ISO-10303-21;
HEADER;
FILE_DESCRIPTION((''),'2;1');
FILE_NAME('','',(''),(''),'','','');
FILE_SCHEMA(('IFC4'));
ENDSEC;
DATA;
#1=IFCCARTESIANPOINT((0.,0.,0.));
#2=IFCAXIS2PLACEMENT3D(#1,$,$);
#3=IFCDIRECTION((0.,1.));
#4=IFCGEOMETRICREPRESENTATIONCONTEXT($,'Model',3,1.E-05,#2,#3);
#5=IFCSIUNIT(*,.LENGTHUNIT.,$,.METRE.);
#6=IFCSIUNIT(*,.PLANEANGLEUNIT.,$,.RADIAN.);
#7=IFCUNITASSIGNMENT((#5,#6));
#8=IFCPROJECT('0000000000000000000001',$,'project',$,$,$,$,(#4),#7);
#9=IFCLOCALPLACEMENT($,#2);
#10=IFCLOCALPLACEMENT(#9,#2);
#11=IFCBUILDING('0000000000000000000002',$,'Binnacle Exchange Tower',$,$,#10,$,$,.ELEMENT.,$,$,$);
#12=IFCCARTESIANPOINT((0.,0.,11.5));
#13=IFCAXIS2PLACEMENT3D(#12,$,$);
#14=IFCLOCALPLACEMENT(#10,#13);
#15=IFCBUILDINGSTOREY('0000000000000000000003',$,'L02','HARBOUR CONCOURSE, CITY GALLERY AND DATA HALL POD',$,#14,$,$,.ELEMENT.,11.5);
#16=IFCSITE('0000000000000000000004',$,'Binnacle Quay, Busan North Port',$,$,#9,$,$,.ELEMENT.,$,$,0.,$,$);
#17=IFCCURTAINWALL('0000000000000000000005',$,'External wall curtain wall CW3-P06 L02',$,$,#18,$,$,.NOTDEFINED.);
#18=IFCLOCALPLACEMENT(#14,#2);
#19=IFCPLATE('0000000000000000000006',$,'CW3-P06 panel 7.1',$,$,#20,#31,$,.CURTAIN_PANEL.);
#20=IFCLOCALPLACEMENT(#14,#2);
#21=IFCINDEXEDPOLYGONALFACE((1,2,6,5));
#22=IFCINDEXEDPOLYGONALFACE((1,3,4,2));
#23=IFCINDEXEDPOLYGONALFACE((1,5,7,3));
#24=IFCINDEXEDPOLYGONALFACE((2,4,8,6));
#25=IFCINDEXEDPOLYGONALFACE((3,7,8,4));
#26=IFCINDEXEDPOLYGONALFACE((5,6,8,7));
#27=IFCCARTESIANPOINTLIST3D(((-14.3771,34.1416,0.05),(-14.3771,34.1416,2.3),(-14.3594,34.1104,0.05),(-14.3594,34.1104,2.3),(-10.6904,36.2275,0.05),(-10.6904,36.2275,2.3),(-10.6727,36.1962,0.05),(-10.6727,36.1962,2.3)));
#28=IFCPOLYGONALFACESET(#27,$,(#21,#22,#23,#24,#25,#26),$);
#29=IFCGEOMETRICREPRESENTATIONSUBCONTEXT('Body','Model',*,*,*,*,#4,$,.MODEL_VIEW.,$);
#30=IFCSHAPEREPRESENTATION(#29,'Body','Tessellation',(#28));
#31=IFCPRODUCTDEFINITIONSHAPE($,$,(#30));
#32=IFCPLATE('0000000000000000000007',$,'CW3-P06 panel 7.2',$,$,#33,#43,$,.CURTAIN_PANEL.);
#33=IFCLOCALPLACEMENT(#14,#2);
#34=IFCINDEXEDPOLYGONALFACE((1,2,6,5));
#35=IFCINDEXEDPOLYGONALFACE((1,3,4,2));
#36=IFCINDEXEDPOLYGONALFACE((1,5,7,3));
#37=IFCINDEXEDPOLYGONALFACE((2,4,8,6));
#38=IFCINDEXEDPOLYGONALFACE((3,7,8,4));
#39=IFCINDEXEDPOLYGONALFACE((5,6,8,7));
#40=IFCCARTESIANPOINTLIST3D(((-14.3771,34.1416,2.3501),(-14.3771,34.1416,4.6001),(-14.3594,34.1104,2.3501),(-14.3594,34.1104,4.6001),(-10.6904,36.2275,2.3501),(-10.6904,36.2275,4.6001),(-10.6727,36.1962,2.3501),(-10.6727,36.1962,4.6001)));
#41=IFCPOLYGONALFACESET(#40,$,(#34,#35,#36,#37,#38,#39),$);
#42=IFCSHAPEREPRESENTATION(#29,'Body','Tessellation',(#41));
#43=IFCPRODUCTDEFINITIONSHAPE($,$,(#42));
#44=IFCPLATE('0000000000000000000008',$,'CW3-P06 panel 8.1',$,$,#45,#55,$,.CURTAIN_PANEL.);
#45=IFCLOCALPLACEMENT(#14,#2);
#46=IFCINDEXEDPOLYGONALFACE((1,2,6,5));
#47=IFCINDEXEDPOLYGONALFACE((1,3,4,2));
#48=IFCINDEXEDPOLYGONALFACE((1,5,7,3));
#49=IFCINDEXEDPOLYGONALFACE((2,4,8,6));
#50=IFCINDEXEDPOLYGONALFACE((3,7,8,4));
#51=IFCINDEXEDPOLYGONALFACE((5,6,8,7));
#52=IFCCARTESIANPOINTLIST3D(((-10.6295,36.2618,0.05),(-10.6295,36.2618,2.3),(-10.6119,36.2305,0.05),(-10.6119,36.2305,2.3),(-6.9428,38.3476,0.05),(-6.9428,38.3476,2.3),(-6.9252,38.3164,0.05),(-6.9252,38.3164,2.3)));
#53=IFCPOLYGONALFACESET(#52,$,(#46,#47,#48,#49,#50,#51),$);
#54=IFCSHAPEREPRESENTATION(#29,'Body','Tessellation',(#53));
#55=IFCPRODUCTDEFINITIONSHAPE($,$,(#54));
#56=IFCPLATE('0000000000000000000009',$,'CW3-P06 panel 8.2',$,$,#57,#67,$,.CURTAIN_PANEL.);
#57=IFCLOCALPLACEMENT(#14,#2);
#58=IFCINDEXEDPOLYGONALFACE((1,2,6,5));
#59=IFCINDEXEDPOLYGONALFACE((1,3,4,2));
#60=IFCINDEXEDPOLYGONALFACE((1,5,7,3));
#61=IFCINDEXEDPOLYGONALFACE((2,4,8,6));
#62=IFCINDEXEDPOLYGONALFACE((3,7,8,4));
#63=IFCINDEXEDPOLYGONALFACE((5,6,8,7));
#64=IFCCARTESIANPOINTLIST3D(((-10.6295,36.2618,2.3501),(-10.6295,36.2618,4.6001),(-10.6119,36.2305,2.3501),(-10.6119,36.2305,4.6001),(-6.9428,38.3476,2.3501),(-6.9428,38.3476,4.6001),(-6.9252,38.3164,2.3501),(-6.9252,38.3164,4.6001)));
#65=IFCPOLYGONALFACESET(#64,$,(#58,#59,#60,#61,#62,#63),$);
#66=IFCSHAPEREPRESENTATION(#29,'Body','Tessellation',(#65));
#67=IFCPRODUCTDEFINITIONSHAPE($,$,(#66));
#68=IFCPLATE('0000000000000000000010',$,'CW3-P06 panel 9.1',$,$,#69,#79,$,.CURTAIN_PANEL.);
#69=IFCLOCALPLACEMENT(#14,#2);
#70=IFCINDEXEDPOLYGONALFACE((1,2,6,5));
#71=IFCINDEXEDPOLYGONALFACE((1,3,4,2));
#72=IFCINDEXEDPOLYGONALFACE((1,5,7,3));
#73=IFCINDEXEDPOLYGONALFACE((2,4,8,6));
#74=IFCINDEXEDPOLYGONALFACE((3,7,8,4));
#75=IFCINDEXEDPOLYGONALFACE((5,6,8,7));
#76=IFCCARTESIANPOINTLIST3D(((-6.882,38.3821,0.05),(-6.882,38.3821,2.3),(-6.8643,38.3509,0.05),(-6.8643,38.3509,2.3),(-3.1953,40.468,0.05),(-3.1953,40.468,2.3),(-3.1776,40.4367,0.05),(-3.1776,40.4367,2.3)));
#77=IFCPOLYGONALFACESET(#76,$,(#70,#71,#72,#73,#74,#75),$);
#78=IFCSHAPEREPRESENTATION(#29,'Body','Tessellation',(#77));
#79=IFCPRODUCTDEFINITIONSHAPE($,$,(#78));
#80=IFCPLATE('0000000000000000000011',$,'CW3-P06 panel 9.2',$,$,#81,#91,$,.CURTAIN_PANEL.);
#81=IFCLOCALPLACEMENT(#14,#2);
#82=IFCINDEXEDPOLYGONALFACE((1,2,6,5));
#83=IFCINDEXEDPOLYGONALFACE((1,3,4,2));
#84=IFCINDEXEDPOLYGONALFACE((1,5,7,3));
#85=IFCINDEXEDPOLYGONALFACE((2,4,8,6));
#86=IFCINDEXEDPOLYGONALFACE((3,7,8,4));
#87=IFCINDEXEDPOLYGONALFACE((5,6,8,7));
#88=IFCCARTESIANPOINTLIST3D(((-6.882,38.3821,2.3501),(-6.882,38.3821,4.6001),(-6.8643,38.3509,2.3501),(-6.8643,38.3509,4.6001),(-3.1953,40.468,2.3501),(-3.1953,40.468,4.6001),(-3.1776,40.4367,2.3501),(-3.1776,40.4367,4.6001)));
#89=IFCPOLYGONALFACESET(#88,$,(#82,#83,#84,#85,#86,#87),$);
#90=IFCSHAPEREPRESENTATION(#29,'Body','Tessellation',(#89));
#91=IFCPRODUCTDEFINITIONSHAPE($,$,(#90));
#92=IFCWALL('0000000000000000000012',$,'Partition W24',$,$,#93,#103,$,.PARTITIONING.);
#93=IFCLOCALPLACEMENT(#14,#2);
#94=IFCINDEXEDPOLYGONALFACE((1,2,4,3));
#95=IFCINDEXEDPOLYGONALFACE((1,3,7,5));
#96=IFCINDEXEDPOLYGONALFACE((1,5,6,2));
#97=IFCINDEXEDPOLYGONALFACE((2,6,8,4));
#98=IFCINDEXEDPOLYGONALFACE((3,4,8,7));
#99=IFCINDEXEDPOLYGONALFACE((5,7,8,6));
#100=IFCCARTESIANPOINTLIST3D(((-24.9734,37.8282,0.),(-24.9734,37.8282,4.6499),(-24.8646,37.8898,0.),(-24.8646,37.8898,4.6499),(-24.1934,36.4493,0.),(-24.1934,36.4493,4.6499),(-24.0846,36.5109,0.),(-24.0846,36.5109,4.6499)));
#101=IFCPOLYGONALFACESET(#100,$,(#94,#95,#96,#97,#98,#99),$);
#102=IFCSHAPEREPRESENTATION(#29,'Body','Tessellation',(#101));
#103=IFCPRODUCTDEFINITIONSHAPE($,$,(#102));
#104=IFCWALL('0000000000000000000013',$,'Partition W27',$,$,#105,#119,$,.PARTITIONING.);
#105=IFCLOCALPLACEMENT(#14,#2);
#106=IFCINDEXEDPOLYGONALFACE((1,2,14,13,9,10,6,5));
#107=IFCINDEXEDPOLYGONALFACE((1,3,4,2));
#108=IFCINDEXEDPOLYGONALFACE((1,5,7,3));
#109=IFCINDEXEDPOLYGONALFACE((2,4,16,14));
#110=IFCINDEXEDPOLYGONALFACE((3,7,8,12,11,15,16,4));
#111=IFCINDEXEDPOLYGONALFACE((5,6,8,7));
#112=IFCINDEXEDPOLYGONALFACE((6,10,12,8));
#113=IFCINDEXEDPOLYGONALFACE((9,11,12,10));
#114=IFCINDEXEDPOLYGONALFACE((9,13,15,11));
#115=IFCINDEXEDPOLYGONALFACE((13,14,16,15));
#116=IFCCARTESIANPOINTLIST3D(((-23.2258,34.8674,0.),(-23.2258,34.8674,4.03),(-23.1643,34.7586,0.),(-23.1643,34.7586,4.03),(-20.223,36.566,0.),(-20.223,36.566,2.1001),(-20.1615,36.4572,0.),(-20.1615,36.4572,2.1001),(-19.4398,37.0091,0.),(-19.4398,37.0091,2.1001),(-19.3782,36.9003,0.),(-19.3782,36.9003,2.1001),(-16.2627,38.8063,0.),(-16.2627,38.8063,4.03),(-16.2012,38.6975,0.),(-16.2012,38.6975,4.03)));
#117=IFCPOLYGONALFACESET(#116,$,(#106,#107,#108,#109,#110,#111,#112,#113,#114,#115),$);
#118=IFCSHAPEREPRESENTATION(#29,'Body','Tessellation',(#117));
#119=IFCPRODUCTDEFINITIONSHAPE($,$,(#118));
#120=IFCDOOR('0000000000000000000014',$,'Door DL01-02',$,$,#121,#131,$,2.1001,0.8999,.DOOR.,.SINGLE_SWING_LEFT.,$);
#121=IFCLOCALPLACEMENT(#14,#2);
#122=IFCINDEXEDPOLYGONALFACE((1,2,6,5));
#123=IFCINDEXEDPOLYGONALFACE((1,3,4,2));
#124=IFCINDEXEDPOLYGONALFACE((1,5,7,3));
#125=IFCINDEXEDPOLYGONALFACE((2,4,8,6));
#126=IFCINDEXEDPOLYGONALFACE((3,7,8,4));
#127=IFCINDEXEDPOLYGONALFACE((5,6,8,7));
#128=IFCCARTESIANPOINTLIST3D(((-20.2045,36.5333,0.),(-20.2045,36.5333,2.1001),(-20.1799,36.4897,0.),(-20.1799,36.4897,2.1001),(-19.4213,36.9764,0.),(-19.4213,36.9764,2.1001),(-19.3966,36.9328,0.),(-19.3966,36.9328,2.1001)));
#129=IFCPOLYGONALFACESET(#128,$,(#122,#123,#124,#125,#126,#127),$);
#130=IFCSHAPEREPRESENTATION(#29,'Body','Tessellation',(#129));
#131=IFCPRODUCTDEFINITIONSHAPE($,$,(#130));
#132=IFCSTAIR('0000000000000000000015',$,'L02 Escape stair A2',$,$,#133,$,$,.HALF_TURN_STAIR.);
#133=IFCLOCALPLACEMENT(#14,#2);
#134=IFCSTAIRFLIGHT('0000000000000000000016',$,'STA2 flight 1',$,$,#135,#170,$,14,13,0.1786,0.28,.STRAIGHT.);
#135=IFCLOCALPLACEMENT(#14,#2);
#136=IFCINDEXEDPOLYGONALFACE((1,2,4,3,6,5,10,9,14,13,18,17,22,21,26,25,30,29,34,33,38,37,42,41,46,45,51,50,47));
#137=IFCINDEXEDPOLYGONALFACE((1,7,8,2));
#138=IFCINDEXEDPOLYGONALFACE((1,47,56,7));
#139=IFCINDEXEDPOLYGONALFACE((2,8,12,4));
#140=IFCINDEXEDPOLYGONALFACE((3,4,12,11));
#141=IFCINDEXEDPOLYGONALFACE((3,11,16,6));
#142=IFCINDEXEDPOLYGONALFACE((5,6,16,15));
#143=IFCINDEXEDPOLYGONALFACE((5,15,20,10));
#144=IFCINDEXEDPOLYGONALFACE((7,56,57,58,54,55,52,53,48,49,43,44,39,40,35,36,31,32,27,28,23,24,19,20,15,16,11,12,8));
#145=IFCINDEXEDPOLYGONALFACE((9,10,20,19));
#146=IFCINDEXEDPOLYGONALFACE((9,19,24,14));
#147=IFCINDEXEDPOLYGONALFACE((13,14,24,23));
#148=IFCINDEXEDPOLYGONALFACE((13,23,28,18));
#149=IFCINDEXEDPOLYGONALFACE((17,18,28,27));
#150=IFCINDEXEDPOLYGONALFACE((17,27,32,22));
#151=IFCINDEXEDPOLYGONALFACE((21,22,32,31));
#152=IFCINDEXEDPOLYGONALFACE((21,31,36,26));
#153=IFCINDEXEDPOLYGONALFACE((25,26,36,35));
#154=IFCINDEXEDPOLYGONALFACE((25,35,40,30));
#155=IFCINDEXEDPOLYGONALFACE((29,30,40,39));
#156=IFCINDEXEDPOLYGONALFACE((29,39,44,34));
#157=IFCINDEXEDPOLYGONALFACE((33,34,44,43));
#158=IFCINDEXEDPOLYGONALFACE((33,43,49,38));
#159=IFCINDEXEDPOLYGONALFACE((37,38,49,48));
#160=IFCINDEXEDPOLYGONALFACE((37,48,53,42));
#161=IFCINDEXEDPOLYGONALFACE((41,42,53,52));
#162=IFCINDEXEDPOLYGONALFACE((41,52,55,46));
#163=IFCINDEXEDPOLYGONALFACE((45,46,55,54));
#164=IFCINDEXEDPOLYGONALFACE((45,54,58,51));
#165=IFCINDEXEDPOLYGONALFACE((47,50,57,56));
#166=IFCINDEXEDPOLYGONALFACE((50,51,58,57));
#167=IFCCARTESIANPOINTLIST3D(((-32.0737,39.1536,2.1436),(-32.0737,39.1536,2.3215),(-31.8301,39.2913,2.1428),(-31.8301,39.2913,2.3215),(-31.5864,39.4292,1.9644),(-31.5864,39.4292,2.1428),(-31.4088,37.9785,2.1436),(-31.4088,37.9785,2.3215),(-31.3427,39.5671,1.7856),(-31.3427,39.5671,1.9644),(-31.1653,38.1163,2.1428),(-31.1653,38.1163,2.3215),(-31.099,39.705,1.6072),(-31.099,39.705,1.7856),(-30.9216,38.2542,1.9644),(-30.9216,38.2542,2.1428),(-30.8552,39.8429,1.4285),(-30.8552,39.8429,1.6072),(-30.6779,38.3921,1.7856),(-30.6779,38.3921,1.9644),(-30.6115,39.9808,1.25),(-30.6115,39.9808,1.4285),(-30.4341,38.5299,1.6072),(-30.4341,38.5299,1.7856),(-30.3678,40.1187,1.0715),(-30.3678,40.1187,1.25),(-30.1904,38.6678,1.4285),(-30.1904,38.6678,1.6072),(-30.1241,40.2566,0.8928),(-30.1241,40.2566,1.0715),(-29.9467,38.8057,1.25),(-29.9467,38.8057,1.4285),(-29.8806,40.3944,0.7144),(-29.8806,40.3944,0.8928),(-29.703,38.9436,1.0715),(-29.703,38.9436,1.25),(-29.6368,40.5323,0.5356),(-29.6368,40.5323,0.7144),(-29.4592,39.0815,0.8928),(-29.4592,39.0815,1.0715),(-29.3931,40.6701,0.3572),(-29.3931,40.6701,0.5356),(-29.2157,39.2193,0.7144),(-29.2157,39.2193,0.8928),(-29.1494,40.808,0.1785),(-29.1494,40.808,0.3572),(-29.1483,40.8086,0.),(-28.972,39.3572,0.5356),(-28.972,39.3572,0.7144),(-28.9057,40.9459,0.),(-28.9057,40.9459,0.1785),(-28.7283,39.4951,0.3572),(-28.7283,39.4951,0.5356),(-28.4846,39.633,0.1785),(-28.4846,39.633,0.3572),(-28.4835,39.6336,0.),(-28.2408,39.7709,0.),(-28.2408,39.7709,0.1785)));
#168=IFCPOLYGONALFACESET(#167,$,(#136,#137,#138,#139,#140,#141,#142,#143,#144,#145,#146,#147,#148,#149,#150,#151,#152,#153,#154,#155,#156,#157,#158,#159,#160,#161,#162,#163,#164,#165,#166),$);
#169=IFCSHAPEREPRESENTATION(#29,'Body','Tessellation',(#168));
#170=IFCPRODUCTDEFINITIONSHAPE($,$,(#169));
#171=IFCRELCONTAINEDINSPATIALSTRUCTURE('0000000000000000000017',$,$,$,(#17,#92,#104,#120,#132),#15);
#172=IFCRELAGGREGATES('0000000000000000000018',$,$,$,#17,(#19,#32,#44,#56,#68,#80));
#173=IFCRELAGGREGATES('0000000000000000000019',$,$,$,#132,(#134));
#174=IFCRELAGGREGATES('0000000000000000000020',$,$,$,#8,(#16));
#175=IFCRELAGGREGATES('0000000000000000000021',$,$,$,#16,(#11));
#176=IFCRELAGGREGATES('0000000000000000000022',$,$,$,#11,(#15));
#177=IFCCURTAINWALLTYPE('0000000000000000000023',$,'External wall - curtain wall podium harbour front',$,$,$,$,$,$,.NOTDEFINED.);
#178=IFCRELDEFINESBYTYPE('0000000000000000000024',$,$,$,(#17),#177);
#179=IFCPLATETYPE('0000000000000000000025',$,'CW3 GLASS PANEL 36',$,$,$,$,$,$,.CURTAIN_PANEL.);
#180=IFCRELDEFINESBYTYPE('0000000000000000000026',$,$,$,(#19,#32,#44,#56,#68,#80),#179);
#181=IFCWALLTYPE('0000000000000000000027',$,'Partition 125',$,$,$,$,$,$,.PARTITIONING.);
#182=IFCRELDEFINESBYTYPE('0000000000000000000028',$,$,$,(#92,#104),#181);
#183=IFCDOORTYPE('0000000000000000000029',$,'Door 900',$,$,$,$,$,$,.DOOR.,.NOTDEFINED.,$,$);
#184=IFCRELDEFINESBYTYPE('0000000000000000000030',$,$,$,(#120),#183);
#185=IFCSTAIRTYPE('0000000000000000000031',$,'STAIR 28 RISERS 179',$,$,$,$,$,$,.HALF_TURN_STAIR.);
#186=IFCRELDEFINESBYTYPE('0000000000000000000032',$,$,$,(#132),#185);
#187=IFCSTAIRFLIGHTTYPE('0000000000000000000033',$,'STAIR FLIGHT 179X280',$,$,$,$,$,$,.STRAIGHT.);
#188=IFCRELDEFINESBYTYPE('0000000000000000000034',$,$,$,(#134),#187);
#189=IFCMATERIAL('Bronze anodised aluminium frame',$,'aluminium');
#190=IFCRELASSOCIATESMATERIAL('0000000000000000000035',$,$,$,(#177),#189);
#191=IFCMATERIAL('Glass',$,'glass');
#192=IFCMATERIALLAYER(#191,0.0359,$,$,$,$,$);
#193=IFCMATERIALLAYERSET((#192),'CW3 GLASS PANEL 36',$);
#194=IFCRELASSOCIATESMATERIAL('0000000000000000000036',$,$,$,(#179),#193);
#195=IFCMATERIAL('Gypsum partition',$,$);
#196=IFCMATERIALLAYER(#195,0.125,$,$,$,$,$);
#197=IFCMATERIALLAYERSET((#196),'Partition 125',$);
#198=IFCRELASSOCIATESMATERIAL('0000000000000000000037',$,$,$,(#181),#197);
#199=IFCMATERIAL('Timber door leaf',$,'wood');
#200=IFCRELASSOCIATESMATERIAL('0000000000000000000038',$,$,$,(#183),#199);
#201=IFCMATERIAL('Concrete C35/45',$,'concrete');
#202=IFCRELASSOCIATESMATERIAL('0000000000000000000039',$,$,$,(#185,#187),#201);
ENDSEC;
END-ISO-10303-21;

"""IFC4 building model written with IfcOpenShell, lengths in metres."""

from ifc_helpers import new_model, si_unit, direction, frame, frame_2d, origin, origin_2d, place, context, subcontext, project, spatial, polyline, rectangle, outline, extrude, material, layer, layer_set, type_object, element, fill, aggregate, save


model = new_model("IFC4")

# Units and contexts
model_context = context("Model", 3, precision=1e-05, world=origin(), true_north=direction((0.0, 1.0)))
body_context = subcontext(model_context, "Body", "Model", "MODEL_VIEW")
ifc_project = project(units=[si_unit("LENGTHUNIT", "METRE"), si_unit("PLANEANGLEUNIT", "RADIAN")], contexts=[model_context])

# Site, building, storey
site_placement = place(None, origin())
site = spatial("IfcSite", under=ifc_project, at=site_placement, Name="Binnacle Quay, Busan North Port", CompositionType="ELEMENT", RefElevation=0.0)
building_placement = place(site_placement, origin())
building = spatial("IfcBuilding", under=site, at=building_placement, Name="Binnacle Exchange Tower", CompositionType="ELEMENT")
storey_placement = place(building_placement, frame((0.0, 0.0, 11.5)))
storey = spatial("IfcBuildingStorey", under=building, at=storey_placement, Name="L02", Description="HARBOUR CONCOURSE, CITY GALLERY AND DATA HALL POD", CompositionType="ELEMENT", Elevation=11.5)

# Curtain wall
ifc_material_1 = material(Name="Bronze anodised aluminium frame", Category="aluminium")
curtain_wall_type = type_object("IfcCurtainWallType", Name="External wall - curtain wall podium harbour front", PredefinedType="NOTDEFINED", material=ifc_material_1)
curtain_wall_placement = place(storey_placement, origin())
curtain_wall = element("IfcCurtainWall", 1, at=curtain_wall_placement, inside=storey, type_object=curtain_wall_type, Name="External wall curtain wall CW3-P06 L02", PredefinedType="NOTDEFINED")

# Plates
ifc_material_2 = material(Name="Glass", Category="glass")
ifc_layer_1 = layer(ifc_material_2, 0.0359)
ifc_layer_set_1 = layer_set([ifc_layer_1], Name="CW3 GLASS PANEL 36")
plate_type = type_object("IfcPlateType", Name="CW3 GLASS PANEL 36", PredefinedType="CURTAIN_PANEL", material=ifc_layer_set_1)
plate_1_placement = place(storey_placement, frame((-12.5249, 35.1689, 0.05), z_axis=(0.0, 0.0, 1.0), x_axis=(0.870356, 0.492424, 0.0)))
plate_1 = element("IfcPlate", 2, at=plate_1_placement, type_object=plate_type, Name="CW3-P06 panel 7.1", PredefinedType="CURTAIN_PANEL", context=body_context, shape_type="SweptSolid", body=[
    extrude(rectangle(XDim=4.2358, YDim=0.0359, at=origin_2d()), origin(), (0.0, 0.0, 1.0), 2.25),
])
plate_2_placement = place(storey_placement, frame((-12.5249, 35.1689, 2.3501), z_axis=(0.0, 0.0, 1.0), x_axis=(0.870356, 0.492424, 0.0)))
plate_2 = element("IfcPlate", 3, at=plate_2_placement, type_object=plate_type, Name="CW3-P06 panel 7.2", PredefinedType="CURTAIN_PANEL", context=body_context, shape_type="SweptSolid", body=[
    extrude(rectangle(XDim=4.2358, YDim=0.0359, at=origin_2d()), origin(), (0.0, 0.0, 1.0), 2.25),
])
plate_3_placement = place(storey_placement, frame((-8.7773, 37.2891, 0.05), z_axis=(0.0, 0.0, 1.0), x_axis=(0.870356, 0.492424, 0.0)))
plate_3 = element("IfcPlate", 4, at=plate_3_placement, type_object=plate_type, Name="CW3-P06 panel 8.1", PredefinedType="CURTAIN_PANEL", context=body_context, shape_type="SweptSolid", body=[
    extrude(rectangle(XDim=4.2358, YDim=0.0359, at=origin_2d()), origin(), (0.0, 0.0, 1.0), 2.25),
])
plate_4_placement = place(storey_placement, frame((-8.7773, 37.2891, 2.3501), z_axis=(0.0, 0.0, 1.0), x_axis=(0.870356, 0.492424, 0.0)))
plate_4 = element("IfcPlate", 5, at=plate_4_placement, type_object=plate_type, Name="CW3-P06 panel 8.2", PredefinedType="CURTAIN_PANEL", context=body_context, shape_type="SweptSolid", body=[
    extrude(rectangle(XDim=4.2358, YDim=0.0359, at=origin_2d()), origin(), (0.0, 0.0, 1.0), 2.25),
])
plate_5_placement = place(storey_placement, frame((-5.0298, 39.4094, 0.05), z_axis=(0.0, 0.0, 1.0), x_axis=(0.870356, 0.492424, 0.0)))
plate_5 = element("IfcPlate", 6, at=plate_5_placement, type_object=plate_type, Name="CW3-P06 panel 9.1", PredefinedType="CURTAIN_PANEL", context=body_context, shape_type="SweptSolid", body=[
    extrude(rectangle(XDim=4.2358, YDim=0.0359, at=origin_2d()), origin(), (0.0, 0.0, 1.0), 2.25),
])
plate_6_placement = place(storey_placement, frame((-5.0298, 39.4094, 2.3501), z_axis=(0.0, 0.0, 1.0), x_axis=(0.870356, 0.492424, 0.0)))
plate_6 = element("IfcPlate", 7, at=plate_6_placement, type_object=plate_type, Name="CW3-P06 panel 9.2", PredefinedType="CURTAIN_PANEL", context=body_context, shape_type="SweptSolid", body=[
    extrude(rectangle(XDim=4.2358, YDim=0.0359, at=origin_2d()), origin(), (0.0, 0.0, 1.0), 2.25),
])
aggregate(curtain_wall, [plate_1, plate_2, plate_3, plate_4, plate_5, plate_6])

# Wall
ifc_material_3 = material(Name="Gypsum partition")
ifc_layer_2 = layer(ifc_material_3, 0.125)
ifc_layer_set_2 = layer_set([ifc_layer_2], Name="Partition 125")
wall_type = type_object("IfcWallType", Name="Partition 125", PredefinedType="PARTITIONING", material=ifc_layer_set_2)
wall_1_placement = place(storey_placement, frame((-24.9189, 37.8589, 0.0), z_axis=(0.0, 0.0, 1.0), x_axis=(0.492367, -0.870388, 0.0)))
element("IfcWall", 8, at=wall_1_placement, inside=storey, type_object=wall_type, Name="Partition W24", PredefinedType="PARTITIONING", context=body_context, shape_type="SweptSolid", body=[
    extrude(rectangle(XDim=1.5842, YDim=0.125, at=frame_2d((0.792, 0.0))), origin(), (0.0, 0.0, 1.0), 4.6499),
])

# Wall, opening, door
wall_2_placement = place(storey_placement, frame((-23.1951, 34.813, 0.0), z_axis=(0.0, 0.0, 1.0), x_axis=(0.870387, 0.492368, 0.0)))
wall_2 = element("IfcWall", 9, at=wall_2_placement, inside=storey, type_object=wall_type, Name="Partition W27", PredefinedType="PARTITIONING", context=body_context, shape_type="SweptSolid", body=[
    extrude(rectangle(XDim=8.0, YDim=0.125, at=frame_2d((4.0, 0.0))), origin(), (0.0, 0.0, 1.0), 4.03),
])
opening_placement = place(wall_2_placement, frame((3.45, 0.0, 0.0)))
opening = element("IfcOpeningElement", 10, at=opening_placement, cuts=wall_2, PredefinedType="OPENING", context=body_context, shape_type="SweptSolid", body=[
    extrude(rectangle(XDim=0.8999, YDim=2.1001, at=frame_2d((0.45, 1.05))), frame((0.0, 0.0725, 0.0), z_axis=(0.0, -1.0, 0.0), x_axis=(1.0, 0.0, 0.0)), (0.0, 0.0, 1.0), 0.145),
])
ifc_material_4 = material(Name="Timber door leaf", Category="wood")
door_type = type_object("IfcDoorType", Name="Door 900", OperationType="NOTDEFINED", PredefinedType="DOOR", material=ifc_material_4)
door_placement = place(opening_placement, origin())
door = element("IfcDoor", 11, at=door_placement, inside=storey, type_object=door_type, Name="Door DL01-02", OperationType="SINGLE_SWING_LEFT", OverallHeight=2.1001, OverallWidth=0.8999, PredefinedType="DOOR", context=body_context, shape_type="SweptSolid", body=[
    extrude(rectangle(XDim=0.8999, YDim=2.1001, at=frame_2d((0.45, 1.05))), frame((0.0, 0.0249, 0.0), z_axis=(0.0, -1.0, 0.0), x_axis=(1.0, 0.0, 0.0)), (0.0, 0.0, 1.0), 0.05),
])
fill(opening, door)

# Stair, stair flight
ifc_material_5 = material(Name="Concrete C35/45", Category="concrete")
stair_type = type_object("IfcStairType", Name="STAIR 28 RISERS 179", PredefinedType="HALF_TURN_STAIR", material=ifc_material_5)
stair_placement = place(storey_placement, origin())
stair = element("IfcStair", 12, at=stair_placement, inside=storey, type_object=stair_type, Name="L02 Escape stair A2", PredefinedType="HALF_TURN_STAIR")
stair_flight_type = type_object("IfcStairFlightType", Name="STAIR FLIGHT 179X280", PredefinedType="STRAIGHT", material=ifc_material_5)
stair_flight_placement = place(storey_placement, frame((-28.5732, 40.3584, 0.0), z_axis=(0.0, 0.0, 1.0), x_axis=(-0.870356, -0.492424, 0.0)))
stair_flight = element("IfcStairFlight", 13, at=stair_flight_placement, type_object=stair_flight_type, Name="STA2 flight 1", NumberOfRisers=14, NumberOfTreads=13, PredefinedType="STRAIGHT", RiserHeight=0.1786, TreadLength=0.28, context=body_context, shape_type="SweptSolid", body=[
    extrude(outline(polyline([(0.0, 0.0), (0.0, 0.1785), (0.28, 0.1785), (0.28, 0.3572), (0.5601, 0.3572), (0.5601, 0.5356), (0.8401, 0.5356), (0.8401, 0.7144), (1.1201, 0.7144), (1.1201, 0.8928), (1.3999, 0.8928), (1.3999, 1.0715), (1.6799, 1.0715), (1.6799, 1.25), (1.96, 1.25), (1.96, 1.4285), (2.24, 1.4285), (2.24, 1.6072), (2.52, 1.6072), (2.52, 1.7856), (2.8, 1.7856), (2.8, 1.9644), (3.0801, 1.9644), (3.0801, 2.1428), (3.3601, 2.1428), (3.3601, 2.3215), (3.6399, 2.3215), (3.6399, 2.5), (3.6399, 2.1436), (0.2788, 0.0), (0.0, 0.0)])), frame((0.0, 0.675, 0.0), z_axis=(0.0, -1.0, 0.0), x_axis=(1.0, 0.0, 0.0)), (0.0, 0.0, 1.0), 1.3501),
])
aggregate(stair, [stair_flight])

save(model, "model.ifc")
